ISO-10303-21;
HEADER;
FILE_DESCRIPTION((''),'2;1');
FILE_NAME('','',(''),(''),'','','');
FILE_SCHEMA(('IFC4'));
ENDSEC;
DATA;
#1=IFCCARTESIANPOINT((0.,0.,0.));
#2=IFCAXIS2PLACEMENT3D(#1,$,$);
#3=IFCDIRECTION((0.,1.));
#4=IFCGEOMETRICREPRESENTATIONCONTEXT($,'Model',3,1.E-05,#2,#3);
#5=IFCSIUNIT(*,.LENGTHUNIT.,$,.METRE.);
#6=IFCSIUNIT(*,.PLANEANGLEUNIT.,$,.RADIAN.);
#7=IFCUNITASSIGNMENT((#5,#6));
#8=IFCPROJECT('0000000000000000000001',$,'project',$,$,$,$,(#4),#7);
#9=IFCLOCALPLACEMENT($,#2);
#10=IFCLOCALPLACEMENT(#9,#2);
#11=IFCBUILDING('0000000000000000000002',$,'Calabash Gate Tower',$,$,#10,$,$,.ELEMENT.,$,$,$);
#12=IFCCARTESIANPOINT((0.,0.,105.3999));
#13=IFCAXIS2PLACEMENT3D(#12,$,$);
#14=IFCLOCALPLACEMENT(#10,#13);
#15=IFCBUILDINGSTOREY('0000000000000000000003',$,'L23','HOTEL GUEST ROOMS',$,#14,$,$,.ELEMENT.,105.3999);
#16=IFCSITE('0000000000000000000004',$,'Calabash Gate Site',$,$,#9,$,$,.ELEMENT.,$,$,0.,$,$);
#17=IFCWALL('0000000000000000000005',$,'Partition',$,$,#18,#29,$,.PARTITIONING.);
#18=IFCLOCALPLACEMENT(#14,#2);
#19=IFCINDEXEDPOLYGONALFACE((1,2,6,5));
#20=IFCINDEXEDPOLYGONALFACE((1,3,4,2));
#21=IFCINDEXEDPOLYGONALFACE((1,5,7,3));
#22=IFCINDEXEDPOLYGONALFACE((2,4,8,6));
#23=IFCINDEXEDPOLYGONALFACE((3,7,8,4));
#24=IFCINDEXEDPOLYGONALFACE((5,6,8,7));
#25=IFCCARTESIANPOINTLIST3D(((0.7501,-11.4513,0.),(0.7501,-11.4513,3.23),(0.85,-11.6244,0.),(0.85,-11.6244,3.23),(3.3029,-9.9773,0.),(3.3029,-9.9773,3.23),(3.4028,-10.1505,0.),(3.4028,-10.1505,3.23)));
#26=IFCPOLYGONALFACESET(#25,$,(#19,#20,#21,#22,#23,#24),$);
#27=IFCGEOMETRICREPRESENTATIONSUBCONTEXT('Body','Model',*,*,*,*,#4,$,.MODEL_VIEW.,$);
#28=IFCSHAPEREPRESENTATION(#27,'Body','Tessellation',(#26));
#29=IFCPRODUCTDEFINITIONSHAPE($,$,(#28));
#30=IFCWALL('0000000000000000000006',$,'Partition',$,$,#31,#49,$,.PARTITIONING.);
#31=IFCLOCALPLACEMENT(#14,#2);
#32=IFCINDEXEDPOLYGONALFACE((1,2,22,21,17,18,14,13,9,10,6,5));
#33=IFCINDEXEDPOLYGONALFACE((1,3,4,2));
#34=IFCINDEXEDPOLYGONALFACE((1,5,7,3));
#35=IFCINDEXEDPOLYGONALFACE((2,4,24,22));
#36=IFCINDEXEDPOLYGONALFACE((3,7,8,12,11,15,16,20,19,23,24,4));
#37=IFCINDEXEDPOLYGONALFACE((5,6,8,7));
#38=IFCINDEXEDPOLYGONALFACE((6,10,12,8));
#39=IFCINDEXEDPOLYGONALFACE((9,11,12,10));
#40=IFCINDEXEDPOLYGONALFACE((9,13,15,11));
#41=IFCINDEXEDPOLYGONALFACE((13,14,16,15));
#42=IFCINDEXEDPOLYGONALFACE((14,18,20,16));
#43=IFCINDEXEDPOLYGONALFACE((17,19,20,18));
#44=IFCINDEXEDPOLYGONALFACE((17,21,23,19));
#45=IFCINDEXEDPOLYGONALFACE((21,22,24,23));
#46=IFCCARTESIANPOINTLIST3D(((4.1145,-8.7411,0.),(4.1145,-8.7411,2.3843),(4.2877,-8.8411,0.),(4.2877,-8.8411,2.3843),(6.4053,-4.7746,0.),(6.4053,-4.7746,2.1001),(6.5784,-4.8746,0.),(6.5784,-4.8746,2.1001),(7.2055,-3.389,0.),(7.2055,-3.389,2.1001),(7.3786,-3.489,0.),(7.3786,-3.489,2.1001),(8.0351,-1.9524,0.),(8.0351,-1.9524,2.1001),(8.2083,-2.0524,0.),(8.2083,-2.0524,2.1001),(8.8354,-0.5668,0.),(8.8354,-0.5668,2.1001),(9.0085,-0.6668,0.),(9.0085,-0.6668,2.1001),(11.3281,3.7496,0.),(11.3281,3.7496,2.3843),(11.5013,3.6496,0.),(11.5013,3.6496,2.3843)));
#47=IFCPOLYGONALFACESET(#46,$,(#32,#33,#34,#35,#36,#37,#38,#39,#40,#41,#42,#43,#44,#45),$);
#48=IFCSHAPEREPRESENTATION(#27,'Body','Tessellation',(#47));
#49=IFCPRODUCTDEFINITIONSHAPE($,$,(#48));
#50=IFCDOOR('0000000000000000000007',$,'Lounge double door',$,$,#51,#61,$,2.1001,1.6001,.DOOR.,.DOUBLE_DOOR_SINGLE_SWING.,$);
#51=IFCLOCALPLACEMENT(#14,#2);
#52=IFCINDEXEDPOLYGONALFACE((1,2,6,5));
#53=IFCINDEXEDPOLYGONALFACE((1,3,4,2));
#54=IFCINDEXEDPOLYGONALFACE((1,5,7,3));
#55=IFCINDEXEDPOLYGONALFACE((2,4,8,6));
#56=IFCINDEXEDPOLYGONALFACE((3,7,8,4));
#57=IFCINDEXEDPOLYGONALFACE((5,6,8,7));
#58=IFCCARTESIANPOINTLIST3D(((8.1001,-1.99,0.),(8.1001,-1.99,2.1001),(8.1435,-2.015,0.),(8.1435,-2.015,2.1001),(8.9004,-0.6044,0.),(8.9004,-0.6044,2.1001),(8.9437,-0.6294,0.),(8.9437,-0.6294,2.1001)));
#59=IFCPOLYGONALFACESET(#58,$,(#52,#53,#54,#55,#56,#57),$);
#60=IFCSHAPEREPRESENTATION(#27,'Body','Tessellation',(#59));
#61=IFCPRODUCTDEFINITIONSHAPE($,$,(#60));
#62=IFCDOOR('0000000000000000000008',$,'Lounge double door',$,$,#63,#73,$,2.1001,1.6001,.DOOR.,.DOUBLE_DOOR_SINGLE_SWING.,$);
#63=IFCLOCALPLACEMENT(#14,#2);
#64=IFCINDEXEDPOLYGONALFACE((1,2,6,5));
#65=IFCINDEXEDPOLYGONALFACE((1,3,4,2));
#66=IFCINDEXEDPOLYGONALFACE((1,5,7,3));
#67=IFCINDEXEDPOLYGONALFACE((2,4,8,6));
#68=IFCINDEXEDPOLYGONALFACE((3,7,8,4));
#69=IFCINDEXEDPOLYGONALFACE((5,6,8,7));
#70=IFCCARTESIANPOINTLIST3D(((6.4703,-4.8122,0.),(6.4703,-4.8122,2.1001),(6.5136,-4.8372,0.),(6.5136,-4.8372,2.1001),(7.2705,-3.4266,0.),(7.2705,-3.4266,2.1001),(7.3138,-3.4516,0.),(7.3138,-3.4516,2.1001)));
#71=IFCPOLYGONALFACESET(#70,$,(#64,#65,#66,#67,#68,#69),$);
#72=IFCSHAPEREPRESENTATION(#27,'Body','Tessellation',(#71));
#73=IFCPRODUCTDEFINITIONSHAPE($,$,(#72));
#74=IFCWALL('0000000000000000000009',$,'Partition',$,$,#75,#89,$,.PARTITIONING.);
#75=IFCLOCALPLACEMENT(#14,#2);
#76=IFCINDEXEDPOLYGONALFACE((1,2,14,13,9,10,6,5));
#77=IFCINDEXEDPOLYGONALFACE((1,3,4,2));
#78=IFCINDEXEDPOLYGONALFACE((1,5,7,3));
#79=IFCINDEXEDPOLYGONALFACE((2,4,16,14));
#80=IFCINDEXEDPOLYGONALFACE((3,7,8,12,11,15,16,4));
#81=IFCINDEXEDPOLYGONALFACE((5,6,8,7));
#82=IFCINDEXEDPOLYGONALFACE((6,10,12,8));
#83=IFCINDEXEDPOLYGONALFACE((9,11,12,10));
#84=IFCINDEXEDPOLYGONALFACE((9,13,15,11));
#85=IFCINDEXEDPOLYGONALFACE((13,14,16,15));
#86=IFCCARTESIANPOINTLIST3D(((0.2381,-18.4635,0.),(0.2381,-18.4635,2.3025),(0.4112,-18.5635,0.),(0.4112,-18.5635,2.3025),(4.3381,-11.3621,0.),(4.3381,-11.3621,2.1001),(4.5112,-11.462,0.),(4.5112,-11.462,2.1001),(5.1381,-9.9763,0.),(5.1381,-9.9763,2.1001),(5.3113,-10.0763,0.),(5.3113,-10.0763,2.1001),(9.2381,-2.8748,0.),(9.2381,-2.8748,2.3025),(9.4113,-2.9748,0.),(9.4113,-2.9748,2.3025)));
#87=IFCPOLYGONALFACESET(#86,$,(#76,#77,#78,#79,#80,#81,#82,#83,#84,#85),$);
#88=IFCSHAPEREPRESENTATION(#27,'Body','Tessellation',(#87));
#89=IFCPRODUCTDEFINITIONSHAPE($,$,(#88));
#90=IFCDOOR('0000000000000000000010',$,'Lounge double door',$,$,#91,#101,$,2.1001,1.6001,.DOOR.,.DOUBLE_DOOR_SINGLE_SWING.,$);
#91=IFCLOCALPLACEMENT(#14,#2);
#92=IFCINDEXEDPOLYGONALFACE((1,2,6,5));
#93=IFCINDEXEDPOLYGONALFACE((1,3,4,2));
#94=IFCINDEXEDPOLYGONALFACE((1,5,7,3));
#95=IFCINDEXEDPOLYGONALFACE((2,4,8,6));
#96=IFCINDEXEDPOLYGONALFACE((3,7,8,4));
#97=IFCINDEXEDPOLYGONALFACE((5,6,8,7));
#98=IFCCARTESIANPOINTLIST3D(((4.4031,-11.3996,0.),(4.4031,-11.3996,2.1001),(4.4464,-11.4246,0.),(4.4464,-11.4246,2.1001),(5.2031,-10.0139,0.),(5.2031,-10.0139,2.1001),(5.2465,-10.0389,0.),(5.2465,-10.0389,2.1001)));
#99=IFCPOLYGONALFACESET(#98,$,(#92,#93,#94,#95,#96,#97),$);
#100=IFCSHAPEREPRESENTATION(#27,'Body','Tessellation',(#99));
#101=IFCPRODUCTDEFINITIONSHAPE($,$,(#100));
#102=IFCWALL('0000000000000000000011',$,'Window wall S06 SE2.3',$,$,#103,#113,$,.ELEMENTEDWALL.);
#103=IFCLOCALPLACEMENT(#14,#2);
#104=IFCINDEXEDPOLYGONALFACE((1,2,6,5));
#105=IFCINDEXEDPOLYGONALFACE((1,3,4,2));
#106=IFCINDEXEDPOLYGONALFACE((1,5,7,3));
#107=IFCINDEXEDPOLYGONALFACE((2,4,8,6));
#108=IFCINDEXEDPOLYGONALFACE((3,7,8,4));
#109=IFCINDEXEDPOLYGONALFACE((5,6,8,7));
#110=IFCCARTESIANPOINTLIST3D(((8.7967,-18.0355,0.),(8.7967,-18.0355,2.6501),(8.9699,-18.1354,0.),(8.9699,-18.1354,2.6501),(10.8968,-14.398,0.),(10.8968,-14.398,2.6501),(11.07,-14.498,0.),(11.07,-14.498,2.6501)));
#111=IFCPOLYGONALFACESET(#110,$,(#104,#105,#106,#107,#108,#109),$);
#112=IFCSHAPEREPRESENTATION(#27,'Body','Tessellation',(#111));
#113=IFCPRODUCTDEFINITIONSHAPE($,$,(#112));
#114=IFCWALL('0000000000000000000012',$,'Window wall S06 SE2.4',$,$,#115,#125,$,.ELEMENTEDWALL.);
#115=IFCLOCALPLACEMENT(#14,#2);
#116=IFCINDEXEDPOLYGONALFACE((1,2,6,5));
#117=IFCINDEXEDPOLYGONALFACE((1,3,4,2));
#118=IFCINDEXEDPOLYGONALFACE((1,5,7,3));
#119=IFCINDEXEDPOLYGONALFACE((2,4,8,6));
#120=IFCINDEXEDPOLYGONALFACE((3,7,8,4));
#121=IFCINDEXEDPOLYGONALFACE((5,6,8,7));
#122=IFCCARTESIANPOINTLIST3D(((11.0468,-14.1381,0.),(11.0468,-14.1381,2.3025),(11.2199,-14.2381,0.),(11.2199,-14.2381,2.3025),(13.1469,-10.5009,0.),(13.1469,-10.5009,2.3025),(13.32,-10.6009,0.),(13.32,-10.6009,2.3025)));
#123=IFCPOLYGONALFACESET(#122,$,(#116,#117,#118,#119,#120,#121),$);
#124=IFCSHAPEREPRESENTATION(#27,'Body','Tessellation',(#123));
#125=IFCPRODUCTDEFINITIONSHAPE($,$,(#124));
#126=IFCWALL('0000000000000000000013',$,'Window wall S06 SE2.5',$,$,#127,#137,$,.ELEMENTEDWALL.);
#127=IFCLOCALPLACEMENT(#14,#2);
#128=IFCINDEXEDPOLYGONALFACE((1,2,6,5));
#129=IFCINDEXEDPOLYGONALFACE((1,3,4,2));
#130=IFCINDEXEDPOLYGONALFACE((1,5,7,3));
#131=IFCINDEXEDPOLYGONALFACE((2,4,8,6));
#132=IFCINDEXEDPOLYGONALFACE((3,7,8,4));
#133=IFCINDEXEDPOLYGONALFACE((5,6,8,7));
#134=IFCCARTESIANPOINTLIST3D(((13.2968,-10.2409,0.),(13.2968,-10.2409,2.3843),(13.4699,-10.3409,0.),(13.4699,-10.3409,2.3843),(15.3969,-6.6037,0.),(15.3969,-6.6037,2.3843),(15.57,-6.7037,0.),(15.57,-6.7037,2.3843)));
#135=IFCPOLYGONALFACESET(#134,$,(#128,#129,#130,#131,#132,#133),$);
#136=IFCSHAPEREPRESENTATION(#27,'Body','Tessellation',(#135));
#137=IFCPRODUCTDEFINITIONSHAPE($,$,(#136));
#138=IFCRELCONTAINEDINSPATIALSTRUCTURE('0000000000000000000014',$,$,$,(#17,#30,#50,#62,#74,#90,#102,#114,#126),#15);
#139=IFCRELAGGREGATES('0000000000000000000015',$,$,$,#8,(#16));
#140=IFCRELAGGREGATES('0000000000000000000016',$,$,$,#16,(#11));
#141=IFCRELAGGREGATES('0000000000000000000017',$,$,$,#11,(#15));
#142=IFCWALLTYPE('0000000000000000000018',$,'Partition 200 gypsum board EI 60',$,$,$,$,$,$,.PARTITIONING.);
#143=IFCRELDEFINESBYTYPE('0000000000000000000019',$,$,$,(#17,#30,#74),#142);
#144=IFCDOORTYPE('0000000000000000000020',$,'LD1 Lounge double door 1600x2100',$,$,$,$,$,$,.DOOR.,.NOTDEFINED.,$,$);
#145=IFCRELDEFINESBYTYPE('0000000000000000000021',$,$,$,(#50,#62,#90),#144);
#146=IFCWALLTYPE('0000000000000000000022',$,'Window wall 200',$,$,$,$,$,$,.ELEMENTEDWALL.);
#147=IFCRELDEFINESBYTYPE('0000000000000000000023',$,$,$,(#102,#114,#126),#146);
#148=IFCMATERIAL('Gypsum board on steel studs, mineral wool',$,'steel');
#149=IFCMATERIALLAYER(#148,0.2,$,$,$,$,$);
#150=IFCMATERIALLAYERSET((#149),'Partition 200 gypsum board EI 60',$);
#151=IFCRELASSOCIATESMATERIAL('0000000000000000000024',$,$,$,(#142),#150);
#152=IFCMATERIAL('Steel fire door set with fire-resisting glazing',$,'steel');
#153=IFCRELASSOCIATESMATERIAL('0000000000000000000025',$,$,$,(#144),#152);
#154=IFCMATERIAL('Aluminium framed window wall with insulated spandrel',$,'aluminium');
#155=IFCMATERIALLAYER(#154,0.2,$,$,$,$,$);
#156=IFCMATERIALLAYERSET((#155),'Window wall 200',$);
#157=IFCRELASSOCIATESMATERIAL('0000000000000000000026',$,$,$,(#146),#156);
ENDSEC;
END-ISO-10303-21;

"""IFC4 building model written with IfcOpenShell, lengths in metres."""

from ifc_helpers import new_model, si_unit, direction, frame, frame_2d, origin, place, context, subcontext, project, spatial, rectangle, extrude, material, layer, layer_set, type_object, element, fill, save


model = new_model("IFC4")

# Units and contexts
model_context = context("Model", 3, precision=1e-05, world=origin(), true_north=direction((0.0, 1.0)))
body_context = subcontext(model_context, "Body", "Model", "MODEL_VIEW")
ifc_project = project(units=[si_unit("LENGTHUNIT", "METRE"), si_unit("PLANEANGLEUNIT", "RADIAN")], contexts=[model_context])

# Site, building, storey
site_placement = place(None, origin())
site = spatial("IfcSite", under=ifc_project, at=site_placement, Name="Calabash Gate Site", CompositionType="ELEMENT", RefElevation=0.0)
building_placement = place(site_placement, origin())
building = spatial("IfcBuilding", under=site, at=building_placement, Name="Calabash Gate Tower", CompositionType="ELEMENT")
storey_placement = place(building_placement, frame((0.0, 0.0, 105.3999)))
storey = spatial("IfcBuildingStorey", under=building, at=storey_placement, Name="L23", Description="HOTEL GUEST ROOMS", CompositionType="ELEMENT", Elevation=105.3999)

# Shared definitions
ifc_material_1 = material(Name="Gypsum board on steel studs, mineral wool", Category="steel")
ifc_layer_1 = layer(ifc_material_1, 0.2)
ifc_layer_set_1 = layer_set([ifc_layer_1], Name="Partition 200 gypsum board EI 60")
wall_type_1 = type_object("IfcWallType", Name="Partition 200 gypsum board EI 60", PredefinedType="PARTITIONING", material=ifc_layer_set_1)

# Wall
wall_1_placement = place(storey_placement, frame((0.8, -11.5378, 0.0), z_axis=(0.0, 0.0, 1.0), x_axis=(0.866017, 0.500014, 0.0)))
element("IfcWall", 1, at=wall_1_placement, inside=storey, type_object=wall_type_1, Name="Partition", PredefinedType="PARTITIONING", context=body_context, shape_type="SweptSolid", body=[
    extrude(rectangle(XDim=2.9478, YDim=0.2, at=frame_2d((1.4739, 0.0))), origin(), (0.0, 0.0, 1.0), 3.23),
])

# Wall, openings, doors
wall_2_placement = place(storey_placement, frame((4.2012, -8.791, 0.0), z_axis=(0.0, 0.0, 1.0), x_axis=(0.500109, 0.865962, 0.0)))
wall_2 = element("IfcWall", 2, at=wall_2_placement, inside=storey, type_object=wall_type_1, Name="Partition", PredefinedType="PARTITIONING", context=body_context, shape_type="SweptSolid", body=[
    extrude(rectangle(XDim=14.4241, YDim=0.2, at=frame_2d((7.2119, 0.0))), origin(), (0.0, 0.0, 1.0), 2.3843),
])
opening_1_placement = place(wall_2_placement, frame((7.8394, 0.0, 0.0)))
opening_1 = element("IfcOpeningElement", 3, at=opening_1_placement, cuts=wall_2, PredefinedType="OPENING", context=body_context, shape_type="SweptSolid", body=[
    extrude(rectangle(XDim=1.6001, YDim=2.1001, at=frame_2d((0.8, 1.05))), frame((0.0, 0.1099, 0.0), z_axis=(0.0, -1.0, 0.0), x_axis=(1.0, 0.0, 0.0)), (0.0, 0.0, 1.0), 0.22),
])
opening_2_placement = place(wall_2_placement, frame((4.5803, 0.0, 0.0)))
opening_2 = element("IfcOpeningElement", 4, at=opening_2_placement, cuts=wall_2, PredefinedType="OPENING", context=body_context, shape_type="SweptSolid", body=[
    extrude(rectangle(XDim=1.6001, YDim=2.1001, at=frame_2d((0.8, 1.05))), frame((0.0, 0.1099, 0.0), z_axis=(0.0, -1.0, 0.0), x_axis=(1.0, 0.0, 0.0)), (0.0, 0.0, 1.0), 0.22),
])
ifc_material_2 = material(Name="Steel fire door set with fire-resisting glazing", Category="steel")
door_type_1 = type_object("IfcDoorType", Name="LD1 Lounge double door 1600x2100", OperationType="NOTDEFINED", PredefinedType="DOOR", material=ifc_material_2)
door_1_placement = place(opening_1_placement, origin())
door_1 = element("IfcDoor", 5, at=door_1_placement, inside=storey, type_object=door_type_1, Name="Lounge double door", OperationType="DOUBLE_DOOR_SINGLE_SWING", OverallHeight=2.1001, OverallWidth=1.6001, PredefinedType="DOOR", context=body_context, shape_type="SweptSolid", body=[
    extrude(rectangle(XDim=1.6001, YDim=2.1001, at=frame_2d((0.8, 1.05))), frame((0.0, 0.0249, 0.0), z_axis=(0.0, -1.0, 0.0), x_axis=(1.0, 0.0, 0.0)), (0.0, 0.0, 1.0), 0.05),
])
fill(opening_1, door_1)
door_2_placement = place(opening_2_placement, origin())
door_2 = element("IfcDoor", 6, at=door_2_placement, inside=storey, type_object=door_type_1, Name="Lounge double door", OperationType="DOUBLE_DOOR_SINGLE_SWING", OverallHeight=2.1001, OverallWidth=1.6001, PredefinedType="DOOR", context=body_context, shape_type="SweptSolid", body=[
    extrude(rectangle(XDim=1.6001, YDim=2.1001, at=frame_2d((0.8, 1.05))), frame((0.0, 0.0249, 0.0), z_axis=(0.0, -1.0, 0.0), x_axis=(1.0, 0.0, 0.0)), (0.0, 0.0, 1.0), 0.05),
])
fill(opening_2, door_2)

# Wall, opening, door
wall_3_placement = place(storey_placement, frame((0.3247, -18.5134, 0.0), z_axis=(0.0, 0.0, 1.0), x_axis=(0.499996, 0.866028, 0.0)))
wall_3 = element("IfcWall", 7, at=wall_3_placement, inside=storey, type_object=wall_type_1, Name="Partition", PredefinedType="PARTITIONING", context=body_context, shape_type="SweptSolid", body=[
    extrude(rectangle(XDim=18.0002, YDim=0.2, at=frame_2d((9.0, 0.0))), origin(), (0.0, 0.0, 1.0), 2.3025),
])
opening_3_placement = place(wall_3_placement, frame((8.2, 0.0, 0.0)))
opening_3 = element("IfcOpeningElement", 8, at=opening_3_placement, cuts=wall_3, PredefinedType="OPENING", context=body_context, shape_type="SweptSolid", body=[
    extrude(rectangle(XDim=1.6001, YDim=2.1001, at=frame_2d((0.8, 1.05))), frame((0.0, 0.1099, 0.0), z_axis=(0.0, -1.0, 0.0), x_axis=(1.0, 0.0, 0.0)), (0.0, 0.0, 1.0), 0.22),
])
door_3_placement = place(opening_3_placement, origin())
door_3 = element("IfcDoor", 9, at=door_3_placement, inside=storey, type_object=door_type_1, Name="Lounge double door", OperationType="DOUBLE_DOOR_SINGLE_SWING", OverallHeight=2.1001, OverallWidth=1.6001, PredefinedType="DOOR", context=body_context, shape_type="SweptSolid", body=[
    extrude(rectangle(XDim=1.6001, YDim=2.1001, at=frame_2d((0.8, 1.05))), frame((0.0, 0.0249, 0.0), z_axis=(0.0, -1.0, 0.0), x_axis=(1.0, 0.0, 0.0)), (0.0, 0.0, 1.0), 0.05),
])
fill(opening_3, door_3)

# Walls
ifc_material_3 = material(Name="Aluminium framed window wall with insulated spandrel", Category="aluminium")
ifc_layer_2 = layer(ifc_material_3, 0.2)
ifc_layer_set_2 = layer_set([ifc_layer_2], Name="Window wall 200")
wall_type_2 = type_object("IfcWallType", Name="Window wall 200", PredefinedType="ELEMENTEDWALL", material=ifc_layer_set_2)
wall_4_placement = place(storey_placement, frame((8.8833, -18.0854, 0.0), z_axis=(0.0, 0.0, 1.0), x_axis=(0.500003, 0.866024, 0.0)))
element("IfcWall", 10, at=wall_4_placement, inside=storey, type_object=wall_type_2, Name="Window wall S06 SE2.3", PredefinedType="ELEMENTEDWALL", context=body_context, shape_type="SweptSolid", body=[
    extrude(rectangle(XDim=4.2002, YDim=0.2, at=frame_2d((2.1001, 0.0))), origin(), (0.0, 0.0, 1.0), 2.6501),
])
wall_5_placement = place(storey_placement, frame((11.1333, -14.1882, 0.0), z_axis=(0.0, 0.0, 1.0), x_axis=(0.500028, 0.866009, 0.0)))
element("IfcWall", 11, at=wall_5_placement, inside=storey, type_object=wall_type_2, Name="Window wall S06 SE2.4", PredefinedType="ELEMENTEDWALL", context=body_context, shape_type="SweptSolid", body=[
    extrude(rectangle(XDim=4.2, YDim=0.2, at=frame_2d((2.1001, 0.0))), origin(), (0.0, 0.0, 1.0), 2.3025),
])
wall_6_placement = place(storey_placement, frame((13.3833, -10.291, 0.0), z_axis=(0.0, 0.0, 1.0), x_axis=(0.500028, 0.866009, 0.0)))
element("IfcWall", 12, at=wall_6_placement, inside=storey, type_object=wall_type_2, Name="Window wall S06 SE2.5", PredefinedType="ELEMENTEDWALL", context=body_context, shape_type="SweptSolid", body=[
    extrude(rectangle(XDim=4.2, YDim=0.2, at=frame_2d((2.1001, 0.0))), origin(), (0.0, 0.0, 1.0), 2.3843),
])

save(model, "model.ifc")
